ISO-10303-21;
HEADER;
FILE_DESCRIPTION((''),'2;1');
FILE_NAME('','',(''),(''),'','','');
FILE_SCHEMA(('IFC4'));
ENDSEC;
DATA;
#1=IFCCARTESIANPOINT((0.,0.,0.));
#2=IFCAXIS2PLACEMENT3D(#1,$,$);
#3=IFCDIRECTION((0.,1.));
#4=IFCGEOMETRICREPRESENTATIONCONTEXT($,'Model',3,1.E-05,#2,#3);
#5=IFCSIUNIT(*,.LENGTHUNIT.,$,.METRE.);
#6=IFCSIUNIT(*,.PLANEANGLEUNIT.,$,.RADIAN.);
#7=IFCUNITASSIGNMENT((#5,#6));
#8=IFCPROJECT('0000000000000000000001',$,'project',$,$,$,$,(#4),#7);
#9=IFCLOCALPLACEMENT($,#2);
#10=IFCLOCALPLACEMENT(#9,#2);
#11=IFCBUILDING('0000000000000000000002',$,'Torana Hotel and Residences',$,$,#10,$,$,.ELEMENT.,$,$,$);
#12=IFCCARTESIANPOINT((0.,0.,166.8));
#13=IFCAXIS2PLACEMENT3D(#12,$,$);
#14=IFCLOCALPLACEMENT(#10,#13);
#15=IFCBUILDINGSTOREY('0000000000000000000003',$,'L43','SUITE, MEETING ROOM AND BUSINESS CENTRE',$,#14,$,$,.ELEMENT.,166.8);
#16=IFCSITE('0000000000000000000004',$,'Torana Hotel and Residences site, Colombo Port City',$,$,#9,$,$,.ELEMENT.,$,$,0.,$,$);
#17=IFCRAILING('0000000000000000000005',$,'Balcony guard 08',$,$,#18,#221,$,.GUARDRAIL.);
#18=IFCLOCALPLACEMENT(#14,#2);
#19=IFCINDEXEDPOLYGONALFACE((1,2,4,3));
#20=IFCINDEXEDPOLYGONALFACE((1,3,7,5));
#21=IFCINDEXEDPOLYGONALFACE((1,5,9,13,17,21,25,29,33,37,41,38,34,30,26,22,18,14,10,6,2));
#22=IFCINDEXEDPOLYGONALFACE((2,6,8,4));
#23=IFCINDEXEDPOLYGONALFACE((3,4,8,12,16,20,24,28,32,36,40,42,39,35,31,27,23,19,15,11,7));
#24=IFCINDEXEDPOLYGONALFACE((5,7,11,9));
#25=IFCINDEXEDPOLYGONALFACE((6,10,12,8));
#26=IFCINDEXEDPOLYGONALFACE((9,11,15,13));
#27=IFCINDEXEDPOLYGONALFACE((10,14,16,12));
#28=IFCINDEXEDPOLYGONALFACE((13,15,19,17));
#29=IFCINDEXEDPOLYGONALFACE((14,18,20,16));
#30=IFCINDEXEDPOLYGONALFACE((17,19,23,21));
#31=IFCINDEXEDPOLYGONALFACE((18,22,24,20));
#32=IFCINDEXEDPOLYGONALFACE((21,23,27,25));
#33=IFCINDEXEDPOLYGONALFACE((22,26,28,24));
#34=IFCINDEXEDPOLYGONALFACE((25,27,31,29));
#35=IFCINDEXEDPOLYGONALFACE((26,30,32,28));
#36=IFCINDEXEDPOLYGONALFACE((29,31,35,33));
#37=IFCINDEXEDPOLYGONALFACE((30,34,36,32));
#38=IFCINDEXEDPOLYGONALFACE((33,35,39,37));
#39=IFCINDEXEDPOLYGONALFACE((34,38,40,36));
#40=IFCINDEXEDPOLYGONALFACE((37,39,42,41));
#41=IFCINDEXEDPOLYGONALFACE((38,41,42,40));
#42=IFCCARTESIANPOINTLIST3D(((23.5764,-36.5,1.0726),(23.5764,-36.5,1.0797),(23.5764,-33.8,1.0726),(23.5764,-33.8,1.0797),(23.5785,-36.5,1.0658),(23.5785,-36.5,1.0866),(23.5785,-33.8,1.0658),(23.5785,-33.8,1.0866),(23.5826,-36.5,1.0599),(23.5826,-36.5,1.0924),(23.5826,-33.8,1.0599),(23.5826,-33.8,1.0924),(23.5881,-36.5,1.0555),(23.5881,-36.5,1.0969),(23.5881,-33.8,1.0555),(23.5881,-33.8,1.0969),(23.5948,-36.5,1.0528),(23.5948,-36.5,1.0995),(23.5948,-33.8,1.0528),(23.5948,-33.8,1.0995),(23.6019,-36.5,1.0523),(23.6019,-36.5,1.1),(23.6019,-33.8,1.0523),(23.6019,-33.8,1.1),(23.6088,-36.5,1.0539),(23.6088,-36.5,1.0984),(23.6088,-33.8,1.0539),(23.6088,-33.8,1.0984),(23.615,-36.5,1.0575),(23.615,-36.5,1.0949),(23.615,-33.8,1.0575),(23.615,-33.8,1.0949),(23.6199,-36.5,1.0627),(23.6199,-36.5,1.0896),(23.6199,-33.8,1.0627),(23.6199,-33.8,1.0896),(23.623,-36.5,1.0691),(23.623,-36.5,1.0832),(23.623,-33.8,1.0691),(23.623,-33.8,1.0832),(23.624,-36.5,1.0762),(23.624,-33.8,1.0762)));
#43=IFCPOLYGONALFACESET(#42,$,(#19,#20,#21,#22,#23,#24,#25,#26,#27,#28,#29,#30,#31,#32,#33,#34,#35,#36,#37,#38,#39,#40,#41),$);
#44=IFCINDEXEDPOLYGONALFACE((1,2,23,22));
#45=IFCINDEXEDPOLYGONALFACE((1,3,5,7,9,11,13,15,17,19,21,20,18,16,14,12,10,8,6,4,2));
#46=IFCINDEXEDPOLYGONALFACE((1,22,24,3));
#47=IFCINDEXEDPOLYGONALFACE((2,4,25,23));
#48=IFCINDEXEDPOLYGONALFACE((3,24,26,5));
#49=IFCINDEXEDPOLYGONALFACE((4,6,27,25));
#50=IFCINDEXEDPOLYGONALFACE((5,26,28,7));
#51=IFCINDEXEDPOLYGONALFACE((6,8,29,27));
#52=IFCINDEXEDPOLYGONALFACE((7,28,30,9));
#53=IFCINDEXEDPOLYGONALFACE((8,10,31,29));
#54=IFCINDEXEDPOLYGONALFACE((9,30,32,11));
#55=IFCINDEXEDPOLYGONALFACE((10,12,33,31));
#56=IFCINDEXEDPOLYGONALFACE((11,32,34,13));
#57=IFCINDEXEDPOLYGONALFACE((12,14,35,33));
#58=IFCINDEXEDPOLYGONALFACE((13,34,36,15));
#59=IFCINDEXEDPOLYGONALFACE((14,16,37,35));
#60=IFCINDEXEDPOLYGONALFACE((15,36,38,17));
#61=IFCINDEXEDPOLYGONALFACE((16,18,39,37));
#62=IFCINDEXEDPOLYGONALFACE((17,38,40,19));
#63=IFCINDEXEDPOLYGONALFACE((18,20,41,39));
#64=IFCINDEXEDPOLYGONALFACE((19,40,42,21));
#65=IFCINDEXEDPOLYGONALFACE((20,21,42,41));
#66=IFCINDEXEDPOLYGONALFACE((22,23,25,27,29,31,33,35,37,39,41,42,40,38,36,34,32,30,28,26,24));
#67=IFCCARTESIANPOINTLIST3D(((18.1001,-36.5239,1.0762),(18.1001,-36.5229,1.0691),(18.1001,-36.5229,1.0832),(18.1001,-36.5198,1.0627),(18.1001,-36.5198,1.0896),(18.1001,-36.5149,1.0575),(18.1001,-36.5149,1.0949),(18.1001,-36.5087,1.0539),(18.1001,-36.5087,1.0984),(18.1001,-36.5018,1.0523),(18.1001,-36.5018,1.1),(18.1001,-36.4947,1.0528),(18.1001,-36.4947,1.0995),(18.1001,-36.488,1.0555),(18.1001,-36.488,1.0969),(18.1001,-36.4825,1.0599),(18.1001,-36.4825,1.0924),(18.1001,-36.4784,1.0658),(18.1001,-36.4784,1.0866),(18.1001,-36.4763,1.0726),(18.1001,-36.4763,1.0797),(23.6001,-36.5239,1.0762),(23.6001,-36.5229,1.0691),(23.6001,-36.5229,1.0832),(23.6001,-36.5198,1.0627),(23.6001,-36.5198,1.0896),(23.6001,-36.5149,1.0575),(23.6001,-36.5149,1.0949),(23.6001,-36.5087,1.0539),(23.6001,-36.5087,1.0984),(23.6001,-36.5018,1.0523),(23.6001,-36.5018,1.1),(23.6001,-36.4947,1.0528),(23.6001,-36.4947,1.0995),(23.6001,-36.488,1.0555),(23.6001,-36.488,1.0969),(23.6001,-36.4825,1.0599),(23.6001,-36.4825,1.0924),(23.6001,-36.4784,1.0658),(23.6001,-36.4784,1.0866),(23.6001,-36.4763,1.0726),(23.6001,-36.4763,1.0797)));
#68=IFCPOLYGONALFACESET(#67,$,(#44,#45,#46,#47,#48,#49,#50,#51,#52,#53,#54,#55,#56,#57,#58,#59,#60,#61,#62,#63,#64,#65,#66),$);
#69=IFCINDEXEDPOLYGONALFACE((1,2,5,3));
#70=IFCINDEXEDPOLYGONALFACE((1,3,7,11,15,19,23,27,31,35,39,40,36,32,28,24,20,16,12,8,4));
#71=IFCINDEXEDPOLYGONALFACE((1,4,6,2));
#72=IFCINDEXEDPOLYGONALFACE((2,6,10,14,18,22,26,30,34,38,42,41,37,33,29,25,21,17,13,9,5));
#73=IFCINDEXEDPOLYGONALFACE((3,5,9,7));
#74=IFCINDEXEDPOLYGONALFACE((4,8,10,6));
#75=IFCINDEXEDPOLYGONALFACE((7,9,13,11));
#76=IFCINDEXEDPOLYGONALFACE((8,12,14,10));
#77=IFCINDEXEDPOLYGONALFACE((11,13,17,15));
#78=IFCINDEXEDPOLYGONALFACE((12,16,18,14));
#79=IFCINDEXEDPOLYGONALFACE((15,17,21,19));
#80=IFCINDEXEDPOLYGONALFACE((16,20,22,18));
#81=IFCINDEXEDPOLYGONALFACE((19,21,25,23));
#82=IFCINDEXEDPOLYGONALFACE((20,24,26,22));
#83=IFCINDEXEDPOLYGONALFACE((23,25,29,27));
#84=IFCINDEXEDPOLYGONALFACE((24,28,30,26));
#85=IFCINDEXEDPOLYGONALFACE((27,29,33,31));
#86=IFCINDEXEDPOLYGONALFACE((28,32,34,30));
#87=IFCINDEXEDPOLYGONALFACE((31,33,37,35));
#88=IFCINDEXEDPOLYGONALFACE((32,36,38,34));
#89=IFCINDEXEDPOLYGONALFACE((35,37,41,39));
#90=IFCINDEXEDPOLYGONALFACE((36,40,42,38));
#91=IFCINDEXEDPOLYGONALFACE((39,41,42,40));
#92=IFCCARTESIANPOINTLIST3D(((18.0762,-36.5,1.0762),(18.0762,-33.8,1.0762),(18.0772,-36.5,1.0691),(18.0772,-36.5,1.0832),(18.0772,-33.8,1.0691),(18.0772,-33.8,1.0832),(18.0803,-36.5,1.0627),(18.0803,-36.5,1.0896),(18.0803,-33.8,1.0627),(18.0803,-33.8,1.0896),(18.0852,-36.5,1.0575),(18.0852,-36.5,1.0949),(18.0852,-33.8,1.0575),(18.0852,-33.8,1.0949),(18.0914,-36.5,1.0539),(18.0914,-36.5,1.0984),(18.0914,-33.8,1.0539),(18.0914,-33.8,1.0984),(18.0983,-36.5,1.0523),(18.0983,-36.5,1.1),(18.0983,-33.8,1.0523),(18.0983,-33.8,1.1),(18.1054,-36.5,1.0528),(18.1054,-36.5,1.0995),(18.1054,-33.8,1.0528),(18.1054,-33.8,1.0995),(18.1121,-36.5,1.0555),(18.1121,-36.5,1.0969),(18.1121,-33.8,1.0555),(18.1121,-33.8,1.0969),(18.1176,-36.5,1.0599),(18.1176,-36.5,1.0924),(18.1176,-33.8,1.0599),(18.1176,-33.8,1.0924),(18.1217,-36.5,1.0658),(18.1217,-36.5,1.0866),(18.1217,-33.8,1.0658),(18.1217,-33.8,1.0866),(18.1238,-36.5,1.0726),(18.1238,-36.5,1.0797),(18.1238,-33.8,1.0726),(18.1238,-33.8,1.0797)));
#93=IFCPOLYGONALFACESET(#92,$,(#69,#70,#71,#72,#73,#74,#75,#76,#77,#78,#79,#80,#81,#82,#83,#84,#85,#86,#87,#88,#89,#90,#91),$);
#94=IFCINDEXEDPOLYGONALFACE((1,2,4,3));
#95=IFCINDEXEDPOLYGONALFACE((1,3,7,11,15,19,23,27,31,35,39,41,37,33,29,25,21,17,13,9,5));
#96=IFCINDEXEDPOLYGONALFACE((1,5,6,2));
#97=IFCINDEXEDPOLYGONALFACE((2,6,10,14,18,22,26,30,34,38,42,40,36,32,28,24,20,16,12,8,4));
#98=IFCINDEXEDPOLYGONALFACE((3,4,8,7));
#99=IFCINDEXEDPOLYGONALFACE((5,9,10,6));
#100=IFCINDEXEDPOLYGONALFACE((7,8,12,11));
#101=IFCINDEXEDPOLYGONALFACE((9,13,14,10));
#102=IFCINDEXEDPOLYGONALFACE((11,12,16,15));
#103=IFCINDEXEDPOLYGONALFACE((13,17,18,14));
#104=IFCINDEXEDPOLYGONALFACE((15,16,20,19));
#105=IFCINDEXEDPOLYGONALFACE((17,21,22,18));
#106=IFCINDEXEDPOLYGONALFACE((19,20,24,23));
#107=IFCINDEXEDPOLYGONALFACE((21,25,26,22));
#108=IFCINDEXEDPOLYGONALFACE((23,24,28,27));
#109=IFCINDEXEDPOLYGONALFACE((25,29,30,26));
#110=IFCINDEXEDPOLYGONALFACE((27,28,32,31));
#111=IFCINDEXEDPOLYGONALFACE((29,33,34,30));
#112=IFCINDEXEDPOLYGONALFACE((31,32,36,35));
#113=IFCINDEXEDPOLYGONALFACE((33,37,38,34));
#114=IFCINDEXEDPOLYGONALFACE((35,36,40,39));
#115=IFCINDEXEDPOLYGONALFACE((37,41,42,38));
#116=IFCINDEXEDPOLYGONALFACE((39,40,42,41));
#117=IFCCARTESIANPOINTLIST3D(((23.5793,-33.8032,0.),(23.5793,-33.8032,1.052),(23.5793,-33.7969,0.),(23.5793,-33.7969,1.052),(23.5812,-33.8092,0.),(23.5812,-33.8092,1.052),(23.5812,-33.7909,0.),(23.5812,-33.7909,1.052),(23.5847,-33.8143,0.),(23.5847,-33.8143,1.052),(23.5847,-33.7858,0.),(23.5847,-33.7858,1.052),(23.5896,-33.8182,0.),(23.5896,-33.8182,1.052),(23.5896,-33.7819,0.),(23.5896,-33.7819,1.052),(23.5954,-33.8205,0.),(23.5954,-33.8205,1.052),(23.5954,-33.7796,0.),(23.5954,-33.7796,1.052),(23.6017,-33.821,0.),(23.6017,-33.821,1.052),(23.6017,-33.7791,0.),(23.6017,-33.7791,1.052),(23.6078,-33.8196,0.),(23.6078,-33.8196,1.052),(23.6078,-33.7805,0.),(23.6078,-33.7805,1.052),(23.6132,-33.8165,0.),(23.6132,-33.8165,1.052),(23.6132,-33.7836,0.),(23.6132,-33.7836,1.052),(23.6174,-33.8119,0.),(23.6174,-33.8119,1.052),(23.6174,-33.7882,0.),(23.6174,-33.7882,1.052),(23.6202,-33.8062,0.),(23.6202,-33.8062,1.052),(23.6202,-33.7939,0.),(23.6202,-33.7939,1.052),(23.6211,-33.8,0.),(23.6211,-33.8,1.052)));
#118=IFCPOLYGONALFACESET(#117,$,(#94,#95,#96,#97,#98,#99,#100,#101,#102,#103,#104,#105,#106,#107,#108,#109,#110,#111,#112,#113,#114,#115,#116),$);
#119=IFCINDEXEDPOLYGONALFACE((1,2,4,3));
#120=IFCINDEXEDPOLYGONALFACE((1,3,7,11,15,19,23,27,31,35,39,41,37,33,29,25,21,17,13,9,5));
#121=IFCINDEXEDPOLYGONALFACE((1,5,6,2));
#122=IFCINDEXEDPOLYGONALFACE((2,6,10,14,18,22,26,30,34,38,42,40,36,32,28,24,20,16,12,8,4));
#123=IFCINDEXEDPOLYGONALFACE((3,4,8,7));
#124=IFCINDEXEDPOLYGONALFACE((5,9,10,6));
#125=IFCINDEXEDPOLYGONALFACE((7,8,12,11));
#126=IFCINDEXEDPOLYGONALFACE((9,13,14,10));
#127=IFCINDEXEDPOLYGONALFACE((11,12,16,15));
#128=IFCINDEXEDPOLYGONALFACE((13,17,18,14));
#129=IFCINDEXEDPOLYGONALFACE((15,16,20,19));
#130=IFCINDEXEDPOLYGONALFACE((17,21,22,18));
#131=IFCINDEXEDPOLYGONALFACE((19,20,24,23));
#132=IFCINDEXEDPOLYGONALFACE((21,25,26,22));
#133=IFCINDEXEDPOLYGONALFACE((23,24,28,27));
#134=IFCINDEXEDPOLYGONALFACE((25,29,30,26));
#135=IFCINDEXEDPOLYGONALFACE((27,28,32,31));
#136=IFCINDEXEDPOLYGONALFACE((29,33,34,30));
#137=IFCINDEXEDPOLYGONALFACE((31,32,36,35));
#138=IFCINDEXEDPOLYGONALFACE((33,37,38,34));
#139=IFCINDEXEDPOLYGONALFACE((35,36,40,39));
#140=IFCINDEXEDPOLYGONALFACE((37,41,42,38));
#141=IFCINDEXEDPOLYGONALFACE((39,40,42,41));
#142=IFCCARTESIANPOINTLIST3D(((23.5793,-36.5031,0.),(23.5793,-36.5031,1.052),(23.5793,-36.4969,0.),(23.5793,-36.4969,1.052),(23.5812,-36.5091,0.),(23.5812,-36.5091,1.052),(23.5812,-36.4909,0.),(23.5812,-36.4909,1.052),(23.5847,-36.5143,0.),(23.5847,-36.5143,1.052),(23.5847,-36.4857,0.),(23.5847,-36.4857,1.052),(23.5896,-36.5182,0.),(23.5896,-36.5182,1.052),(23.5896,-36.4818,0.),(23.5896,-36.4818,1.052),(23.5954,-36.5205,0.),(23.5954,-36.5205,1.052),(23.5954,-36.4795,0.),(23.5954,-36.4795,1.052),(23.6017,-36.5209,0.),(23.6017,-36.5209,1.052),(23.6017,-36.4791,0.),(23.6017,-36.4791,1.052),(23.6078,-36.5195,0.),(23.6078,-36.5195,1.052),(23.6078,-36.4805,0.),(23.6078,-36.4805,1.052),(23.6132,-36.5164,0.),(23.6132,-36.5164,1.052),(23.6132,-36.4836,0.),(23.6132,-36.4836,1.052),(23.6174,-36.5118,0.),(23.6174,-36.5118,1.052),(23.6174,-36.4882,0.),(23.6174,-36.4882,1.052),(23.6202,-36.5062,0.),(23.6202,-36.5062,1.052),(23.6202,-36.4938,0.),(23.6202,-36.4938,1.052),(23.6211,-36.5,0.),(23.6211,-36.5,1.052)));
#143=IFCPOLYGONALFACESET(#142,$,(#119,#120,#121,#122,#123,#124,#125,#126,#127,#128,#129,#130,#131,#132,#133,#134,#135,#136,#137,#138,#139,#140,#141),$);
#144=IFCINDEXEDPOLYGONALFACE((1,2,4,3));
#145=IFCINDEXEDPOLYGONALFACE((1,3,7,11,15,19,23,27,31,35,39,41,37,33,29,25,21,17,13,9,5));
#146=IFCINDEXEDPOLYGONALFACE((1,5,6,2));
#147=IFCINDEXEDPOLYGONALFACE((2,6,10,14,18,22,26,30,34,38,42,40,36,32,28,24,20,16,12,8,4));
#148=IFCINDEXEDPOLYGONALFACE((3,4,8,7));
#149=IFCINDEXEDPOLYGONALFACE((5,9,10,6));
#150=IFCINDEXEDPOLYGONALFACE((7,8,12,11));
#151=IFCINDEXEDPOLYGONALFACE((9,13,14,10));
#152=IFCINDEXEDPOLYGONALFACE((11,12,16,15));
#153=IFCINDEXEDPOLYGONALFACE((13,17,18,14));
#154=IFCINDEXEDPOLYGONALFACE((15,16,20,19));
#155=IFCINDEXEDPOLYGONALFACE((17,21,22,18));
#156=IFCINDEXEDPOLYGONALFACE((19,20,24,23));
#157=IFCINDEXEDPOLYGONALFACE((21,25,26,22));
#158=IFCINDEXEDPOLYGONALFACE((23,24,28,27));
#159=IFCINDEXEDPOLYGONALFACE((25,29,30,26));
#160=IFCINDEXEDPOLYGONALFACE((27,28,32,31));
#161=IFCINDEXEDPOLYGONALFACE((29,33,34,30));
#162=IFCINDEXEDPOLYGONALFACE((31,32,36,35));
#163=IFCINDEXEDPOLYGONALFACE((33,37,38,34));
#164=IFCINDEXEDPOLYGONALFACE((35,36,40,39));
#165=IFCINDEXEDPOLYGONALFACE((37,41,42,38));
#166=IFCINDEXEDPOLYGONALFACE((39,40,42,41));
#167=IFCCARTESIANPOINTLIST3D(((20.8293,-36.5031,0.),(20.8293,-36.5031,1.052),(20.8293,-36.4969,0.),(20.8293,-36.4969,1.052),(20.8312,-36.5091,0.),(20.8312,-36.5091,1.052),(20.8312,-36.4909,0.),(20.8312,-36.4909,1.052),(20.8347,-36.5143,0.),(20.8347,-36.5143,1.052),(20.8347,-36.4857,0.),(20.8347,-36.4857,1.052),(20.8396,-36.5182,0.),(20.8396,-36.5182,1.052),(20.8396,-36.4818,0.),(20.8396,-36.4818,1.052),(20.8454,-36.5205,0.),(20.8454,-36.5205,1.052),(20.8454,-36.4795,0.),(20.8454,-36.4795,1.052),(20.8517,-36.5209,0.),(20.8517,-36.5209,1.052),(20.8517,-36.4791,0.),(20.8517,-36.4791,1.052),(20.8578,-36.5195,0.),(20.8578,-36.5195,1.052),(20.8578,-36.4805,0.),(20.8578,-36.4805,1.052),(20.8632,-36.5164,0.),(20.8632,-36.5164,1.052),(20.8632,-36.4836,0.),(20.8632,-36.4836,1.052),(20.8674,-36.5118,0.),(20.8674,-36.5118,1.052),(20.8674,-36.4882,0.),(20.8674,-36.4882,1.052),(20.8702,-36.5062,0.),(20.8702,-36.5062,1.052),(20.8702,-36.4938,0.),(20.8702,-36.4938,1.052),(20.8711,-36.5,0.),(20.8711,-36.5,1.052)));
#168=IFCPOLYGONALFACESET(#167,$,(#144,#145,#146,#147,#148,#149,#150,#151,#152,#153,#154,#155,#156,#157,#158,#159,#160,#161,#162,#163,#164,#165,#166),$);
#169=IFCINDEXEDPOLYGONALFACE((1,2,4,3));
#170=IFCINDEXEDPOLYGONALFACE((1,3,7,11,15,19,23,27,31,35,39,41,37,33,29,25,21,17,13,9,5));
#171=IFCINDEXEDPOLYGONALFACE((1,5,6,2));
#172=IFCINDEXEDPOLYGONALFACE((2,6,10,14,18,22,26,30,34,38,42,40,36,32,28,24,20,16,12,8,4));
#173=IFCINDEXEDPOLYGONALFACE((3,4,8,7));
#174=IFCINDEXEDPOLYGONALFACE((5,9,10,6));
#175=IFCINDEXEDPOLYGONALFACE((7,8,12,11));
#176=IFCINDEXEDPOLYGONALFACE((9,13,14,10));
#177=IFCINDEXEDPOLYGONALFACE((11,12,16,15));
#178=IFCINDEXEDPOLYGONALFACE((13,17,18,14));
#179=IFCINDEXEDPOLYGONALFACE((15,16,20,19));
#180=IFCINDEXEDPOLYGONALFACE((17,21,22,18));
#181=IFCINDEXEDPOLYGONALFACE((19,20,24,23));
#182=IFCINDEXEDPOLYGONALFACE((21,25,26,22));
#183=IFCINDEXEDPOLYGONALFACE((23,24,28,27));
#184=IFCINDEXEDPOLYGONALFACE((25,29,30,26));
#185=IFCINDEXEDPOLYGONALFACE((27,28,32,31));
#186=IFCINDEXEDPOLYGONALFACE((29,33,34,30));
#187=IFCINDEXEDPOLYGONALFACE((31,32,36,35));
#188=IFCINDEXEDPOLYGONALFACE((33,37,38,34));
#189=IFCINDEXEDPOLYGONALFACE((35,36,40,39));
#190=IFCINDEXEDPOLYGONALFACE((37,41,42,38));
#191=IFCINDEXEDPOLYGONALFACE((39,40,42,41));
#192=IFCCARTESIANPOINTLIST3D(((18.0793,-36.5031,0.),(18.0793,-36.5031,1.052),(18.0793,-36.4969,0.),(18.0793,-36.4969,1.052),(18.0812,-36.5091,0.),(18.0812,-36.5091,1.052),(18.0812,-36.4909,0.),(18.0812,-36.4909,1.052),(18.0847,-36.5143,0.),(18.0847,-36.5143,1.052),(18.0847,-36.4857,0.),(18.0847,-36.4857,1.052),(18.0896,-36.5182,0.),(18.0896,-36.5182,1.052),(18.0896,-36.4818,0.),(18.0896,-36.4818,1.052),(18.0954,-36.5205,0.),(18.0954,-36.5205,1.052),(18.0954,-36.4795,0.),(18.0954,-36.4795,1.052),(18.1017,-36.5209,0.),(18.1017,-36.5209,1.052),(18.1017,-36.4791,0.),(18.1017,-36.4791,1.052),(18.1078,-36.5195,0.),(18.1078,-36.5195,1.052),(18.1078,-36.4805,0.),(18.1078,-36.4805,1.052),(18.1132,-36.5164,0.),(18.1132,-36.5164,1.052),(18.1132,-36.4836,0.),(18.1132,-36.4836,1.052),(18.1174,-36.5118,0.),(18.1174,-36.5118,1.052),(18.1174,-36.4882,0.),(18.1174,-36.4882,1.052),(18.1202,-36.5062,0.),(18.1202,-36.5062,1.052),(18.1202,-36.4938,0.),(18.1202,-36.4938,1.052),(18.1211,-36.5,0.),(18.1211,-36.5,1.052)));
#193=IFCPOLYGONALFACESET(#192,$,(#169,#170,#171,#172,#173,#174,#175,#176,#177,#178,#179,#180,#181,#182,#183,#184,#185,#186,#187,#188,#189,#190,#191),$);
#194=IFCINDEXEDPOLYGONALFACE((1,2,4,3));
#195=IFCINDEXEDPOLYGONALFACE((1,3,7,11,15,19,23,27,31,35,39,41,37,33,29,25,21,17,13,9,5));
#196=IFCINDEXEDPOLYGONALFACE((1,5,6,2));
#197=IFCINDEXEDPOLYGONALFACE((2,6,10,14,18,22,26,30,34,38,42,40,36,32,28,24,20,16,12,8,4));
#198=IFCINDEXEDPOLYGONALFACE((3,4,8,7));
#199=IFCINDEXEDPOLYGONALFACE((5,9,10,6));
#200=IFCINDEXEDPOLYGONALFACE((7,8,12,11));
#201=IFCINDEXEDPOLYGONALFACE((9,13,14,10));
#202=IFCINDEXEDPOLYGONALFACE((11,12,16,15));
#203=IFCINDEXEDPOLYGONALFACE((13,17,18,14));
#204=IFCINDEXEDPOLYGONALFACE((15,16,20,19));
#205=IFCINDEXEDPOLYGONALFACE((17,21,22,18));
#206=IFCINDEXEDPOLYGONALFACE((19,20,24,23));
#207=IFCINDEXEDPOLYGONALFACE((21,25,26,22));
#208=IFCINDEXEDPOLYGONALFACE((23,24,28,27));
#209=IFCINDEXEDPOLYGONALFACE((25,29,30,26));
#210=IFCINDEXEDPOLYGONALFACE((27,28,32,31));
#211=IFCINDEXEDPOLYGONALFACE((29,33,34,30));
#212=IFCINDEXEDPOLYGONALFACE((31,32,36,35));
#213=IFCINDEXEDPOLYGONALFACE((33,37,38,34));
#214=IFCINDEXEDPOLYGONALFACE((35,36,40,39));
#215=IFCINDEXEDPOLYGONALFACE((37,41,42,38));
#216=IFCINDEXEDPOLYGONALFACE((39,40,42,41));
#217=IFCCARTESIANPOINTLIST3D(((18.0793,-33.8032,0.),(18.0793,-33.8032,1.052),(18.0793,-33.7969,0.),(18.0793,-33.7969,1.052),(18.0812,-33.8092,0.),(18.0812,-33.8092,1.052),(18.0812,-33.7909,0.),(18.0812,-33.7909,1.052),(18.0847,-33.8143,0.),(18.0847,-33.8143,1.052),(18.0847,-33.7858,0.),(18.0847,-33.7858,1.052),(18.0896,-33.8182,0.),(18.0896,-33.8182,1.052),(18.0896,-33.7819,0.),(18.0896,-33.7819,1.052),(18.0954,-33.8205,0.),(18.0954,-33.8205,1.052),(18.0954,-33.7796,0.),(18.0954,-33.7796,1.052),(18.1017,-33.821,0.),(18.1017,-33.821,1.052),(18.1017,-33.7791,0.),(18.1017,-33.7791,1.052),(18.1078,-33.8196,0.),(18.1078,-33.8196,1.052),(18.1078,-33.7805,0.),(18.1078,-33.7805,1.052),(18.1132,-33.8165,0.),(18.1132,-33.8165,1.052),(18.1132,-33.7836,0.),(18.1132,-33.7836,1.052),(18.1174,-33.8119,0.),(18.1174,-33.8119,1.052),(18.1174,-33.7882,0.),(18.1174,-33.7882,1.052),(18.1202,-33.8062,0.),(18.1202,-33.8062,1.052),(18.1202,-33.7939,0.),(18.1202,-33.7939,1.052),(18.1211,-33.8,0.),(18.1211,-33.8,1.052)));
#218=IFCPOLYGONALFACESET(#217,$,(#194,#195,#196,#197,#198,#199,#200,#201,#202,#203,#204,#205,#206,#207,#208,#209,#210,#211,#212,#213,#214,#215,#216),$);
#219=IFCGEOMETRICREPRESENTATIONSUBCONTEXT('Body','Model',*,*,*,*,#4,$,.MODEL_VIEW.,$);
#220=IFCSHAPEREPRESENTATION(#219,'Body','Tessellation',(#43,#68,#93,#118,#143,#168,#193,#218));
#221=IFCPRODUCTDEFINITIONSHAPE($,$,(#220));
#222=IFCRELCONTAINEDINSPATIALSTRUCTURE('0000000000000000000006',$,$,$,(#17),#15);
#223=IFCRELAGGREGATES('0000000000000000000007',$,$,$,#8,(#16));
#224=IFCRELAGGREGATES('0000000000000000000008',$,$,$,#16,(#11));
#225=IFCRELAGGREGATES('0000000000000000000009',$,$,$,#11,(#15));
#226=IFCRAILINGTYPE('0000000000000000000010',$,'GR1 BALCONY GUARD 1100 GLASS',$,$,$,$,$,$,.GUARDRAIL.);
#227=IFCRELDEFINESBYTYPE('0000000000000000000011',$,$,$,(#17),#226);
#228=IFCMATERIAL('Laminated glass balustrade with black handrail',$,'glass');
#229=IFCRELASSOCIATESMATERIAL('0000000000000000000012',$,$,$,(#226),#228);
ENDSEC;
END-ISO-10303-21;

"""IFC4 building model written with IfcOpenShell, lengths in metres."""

from ifc_helpers import new_model, si_unit, direction, frame, origin, origin_2d, place, context, subcontext, project, spatial, circle, extrude, material, type_object, element, save


model = new_model("IFC4")

# Units and contexts
model_context = context("Model", 3, precision=1e-05, world=origin(), true_north=direction((0.0, 1.0)))
body_context = subcontext(model_context, "Body", "Model", "MODEL_VIEW")
ifc_project = project(units=[si_unit("LENGTHUNIT", "METRE"), si_unit("PLANEANGLEUNIT", "RADIAN")], contexts=[model_context])

# Site, building, storey
site_placement = place(None, origin())
site = spatial("IfcSite", under=ifc_project, at=site_placement, Name="Torana Hotel and Residences site, Colombo Port City", CompositionType="ELEMENT", RefElevation=0.0)
building_placement = place(site_placement, origin())
building = spatial("IfcBuilding", under=site, at=building_placement, Name="Torana Hotel and Residences", CompositionType="ELEMENT")
storey_placement = place(building_placement, frame((0.0, 0.0, 166.8)))
storey = spatial("IfcBuildingStorey", under=building, at=storey_placement, Name="L43", Description="SUITE, MEETING ROOM AND BUSINESS CENTRE", CompositionType="ELEMENT", Elevation=166.8)

# Railing
ifc_material_1 = material(Name="Laminated glass balustrade with black handrail", Category="glass")
railing_type = type_object("IfcRailingType", Name="GR1 BALCONY GUARD 1100 GLASS", PredefinedType="GUARDRAIL", material=ifc_material_1)
railing_1_placement = place(storey_placement, frame((23.6001, -33.8, 0.0)))
element("IfcRailing", 1, at=railing_1_placement, inside=storey, type_object=railing_type, Name="Balcony guard 08", PredefinedType="GUARDRAIL", context=body_context, shape_type="SweptSolid", body=[
    extrude(circle(Radius=0.0239, at=origin_2d()), frame((0.0, 0.0, 1.0762), z_axis=(0.0, -1.0, 0.0), x_axis=(1.0, 0.0, 0.0)), (0.0, 0.0, 1.0), 2.7),
    extrude(circle(Radius=0.0239, at=origin_2d()), frame((0.0, -2.7, 1.0762), z_axis=(-1.0, 0.0, 0.0), x_axis=(0.0, -1.0, 0.0)), (0.0, 0.0, 1.0), 5.5),
    extrude(circle(Radius=0.0239, at=origin_2d()), frame((-5.5, -2.7, 1.0762), z_axis=(0.0, 1.0, 0.0), x_axis=(-1.0, 0.0, 0.0)), (0.0, 0.0, 1.0), 2.7),
    extrude(circle(Radius=0.021, at=origin_2d()), origin(), (0.0, 0.0, 1.0), 1.052),
    extrude(circle(Radius=0.021, at=origin_2d()), frame((0.0, -2.7, 0.0)), (0.0, 0.0, 1.0), 1.052),
    extrude(circle(Radius=0.021, at=origin_2d()), frame((-2.75, -2.7, 0.0)), (0.0, 0.0, 1.0), 1.052),
    extrude(circle(Radius=0.021, at=origin_2d()), frame((-5.5, -2.7, 0.0)), (0.0, 0.0, 1.0), 1.052),
    extrude(circle(Radius=0.021, at=origin_2d()), frame((-5.5, 0.0, 0.0)), (0.0, 0.0, 1.0), 1.052),
])

save(model, "model.ifc")
